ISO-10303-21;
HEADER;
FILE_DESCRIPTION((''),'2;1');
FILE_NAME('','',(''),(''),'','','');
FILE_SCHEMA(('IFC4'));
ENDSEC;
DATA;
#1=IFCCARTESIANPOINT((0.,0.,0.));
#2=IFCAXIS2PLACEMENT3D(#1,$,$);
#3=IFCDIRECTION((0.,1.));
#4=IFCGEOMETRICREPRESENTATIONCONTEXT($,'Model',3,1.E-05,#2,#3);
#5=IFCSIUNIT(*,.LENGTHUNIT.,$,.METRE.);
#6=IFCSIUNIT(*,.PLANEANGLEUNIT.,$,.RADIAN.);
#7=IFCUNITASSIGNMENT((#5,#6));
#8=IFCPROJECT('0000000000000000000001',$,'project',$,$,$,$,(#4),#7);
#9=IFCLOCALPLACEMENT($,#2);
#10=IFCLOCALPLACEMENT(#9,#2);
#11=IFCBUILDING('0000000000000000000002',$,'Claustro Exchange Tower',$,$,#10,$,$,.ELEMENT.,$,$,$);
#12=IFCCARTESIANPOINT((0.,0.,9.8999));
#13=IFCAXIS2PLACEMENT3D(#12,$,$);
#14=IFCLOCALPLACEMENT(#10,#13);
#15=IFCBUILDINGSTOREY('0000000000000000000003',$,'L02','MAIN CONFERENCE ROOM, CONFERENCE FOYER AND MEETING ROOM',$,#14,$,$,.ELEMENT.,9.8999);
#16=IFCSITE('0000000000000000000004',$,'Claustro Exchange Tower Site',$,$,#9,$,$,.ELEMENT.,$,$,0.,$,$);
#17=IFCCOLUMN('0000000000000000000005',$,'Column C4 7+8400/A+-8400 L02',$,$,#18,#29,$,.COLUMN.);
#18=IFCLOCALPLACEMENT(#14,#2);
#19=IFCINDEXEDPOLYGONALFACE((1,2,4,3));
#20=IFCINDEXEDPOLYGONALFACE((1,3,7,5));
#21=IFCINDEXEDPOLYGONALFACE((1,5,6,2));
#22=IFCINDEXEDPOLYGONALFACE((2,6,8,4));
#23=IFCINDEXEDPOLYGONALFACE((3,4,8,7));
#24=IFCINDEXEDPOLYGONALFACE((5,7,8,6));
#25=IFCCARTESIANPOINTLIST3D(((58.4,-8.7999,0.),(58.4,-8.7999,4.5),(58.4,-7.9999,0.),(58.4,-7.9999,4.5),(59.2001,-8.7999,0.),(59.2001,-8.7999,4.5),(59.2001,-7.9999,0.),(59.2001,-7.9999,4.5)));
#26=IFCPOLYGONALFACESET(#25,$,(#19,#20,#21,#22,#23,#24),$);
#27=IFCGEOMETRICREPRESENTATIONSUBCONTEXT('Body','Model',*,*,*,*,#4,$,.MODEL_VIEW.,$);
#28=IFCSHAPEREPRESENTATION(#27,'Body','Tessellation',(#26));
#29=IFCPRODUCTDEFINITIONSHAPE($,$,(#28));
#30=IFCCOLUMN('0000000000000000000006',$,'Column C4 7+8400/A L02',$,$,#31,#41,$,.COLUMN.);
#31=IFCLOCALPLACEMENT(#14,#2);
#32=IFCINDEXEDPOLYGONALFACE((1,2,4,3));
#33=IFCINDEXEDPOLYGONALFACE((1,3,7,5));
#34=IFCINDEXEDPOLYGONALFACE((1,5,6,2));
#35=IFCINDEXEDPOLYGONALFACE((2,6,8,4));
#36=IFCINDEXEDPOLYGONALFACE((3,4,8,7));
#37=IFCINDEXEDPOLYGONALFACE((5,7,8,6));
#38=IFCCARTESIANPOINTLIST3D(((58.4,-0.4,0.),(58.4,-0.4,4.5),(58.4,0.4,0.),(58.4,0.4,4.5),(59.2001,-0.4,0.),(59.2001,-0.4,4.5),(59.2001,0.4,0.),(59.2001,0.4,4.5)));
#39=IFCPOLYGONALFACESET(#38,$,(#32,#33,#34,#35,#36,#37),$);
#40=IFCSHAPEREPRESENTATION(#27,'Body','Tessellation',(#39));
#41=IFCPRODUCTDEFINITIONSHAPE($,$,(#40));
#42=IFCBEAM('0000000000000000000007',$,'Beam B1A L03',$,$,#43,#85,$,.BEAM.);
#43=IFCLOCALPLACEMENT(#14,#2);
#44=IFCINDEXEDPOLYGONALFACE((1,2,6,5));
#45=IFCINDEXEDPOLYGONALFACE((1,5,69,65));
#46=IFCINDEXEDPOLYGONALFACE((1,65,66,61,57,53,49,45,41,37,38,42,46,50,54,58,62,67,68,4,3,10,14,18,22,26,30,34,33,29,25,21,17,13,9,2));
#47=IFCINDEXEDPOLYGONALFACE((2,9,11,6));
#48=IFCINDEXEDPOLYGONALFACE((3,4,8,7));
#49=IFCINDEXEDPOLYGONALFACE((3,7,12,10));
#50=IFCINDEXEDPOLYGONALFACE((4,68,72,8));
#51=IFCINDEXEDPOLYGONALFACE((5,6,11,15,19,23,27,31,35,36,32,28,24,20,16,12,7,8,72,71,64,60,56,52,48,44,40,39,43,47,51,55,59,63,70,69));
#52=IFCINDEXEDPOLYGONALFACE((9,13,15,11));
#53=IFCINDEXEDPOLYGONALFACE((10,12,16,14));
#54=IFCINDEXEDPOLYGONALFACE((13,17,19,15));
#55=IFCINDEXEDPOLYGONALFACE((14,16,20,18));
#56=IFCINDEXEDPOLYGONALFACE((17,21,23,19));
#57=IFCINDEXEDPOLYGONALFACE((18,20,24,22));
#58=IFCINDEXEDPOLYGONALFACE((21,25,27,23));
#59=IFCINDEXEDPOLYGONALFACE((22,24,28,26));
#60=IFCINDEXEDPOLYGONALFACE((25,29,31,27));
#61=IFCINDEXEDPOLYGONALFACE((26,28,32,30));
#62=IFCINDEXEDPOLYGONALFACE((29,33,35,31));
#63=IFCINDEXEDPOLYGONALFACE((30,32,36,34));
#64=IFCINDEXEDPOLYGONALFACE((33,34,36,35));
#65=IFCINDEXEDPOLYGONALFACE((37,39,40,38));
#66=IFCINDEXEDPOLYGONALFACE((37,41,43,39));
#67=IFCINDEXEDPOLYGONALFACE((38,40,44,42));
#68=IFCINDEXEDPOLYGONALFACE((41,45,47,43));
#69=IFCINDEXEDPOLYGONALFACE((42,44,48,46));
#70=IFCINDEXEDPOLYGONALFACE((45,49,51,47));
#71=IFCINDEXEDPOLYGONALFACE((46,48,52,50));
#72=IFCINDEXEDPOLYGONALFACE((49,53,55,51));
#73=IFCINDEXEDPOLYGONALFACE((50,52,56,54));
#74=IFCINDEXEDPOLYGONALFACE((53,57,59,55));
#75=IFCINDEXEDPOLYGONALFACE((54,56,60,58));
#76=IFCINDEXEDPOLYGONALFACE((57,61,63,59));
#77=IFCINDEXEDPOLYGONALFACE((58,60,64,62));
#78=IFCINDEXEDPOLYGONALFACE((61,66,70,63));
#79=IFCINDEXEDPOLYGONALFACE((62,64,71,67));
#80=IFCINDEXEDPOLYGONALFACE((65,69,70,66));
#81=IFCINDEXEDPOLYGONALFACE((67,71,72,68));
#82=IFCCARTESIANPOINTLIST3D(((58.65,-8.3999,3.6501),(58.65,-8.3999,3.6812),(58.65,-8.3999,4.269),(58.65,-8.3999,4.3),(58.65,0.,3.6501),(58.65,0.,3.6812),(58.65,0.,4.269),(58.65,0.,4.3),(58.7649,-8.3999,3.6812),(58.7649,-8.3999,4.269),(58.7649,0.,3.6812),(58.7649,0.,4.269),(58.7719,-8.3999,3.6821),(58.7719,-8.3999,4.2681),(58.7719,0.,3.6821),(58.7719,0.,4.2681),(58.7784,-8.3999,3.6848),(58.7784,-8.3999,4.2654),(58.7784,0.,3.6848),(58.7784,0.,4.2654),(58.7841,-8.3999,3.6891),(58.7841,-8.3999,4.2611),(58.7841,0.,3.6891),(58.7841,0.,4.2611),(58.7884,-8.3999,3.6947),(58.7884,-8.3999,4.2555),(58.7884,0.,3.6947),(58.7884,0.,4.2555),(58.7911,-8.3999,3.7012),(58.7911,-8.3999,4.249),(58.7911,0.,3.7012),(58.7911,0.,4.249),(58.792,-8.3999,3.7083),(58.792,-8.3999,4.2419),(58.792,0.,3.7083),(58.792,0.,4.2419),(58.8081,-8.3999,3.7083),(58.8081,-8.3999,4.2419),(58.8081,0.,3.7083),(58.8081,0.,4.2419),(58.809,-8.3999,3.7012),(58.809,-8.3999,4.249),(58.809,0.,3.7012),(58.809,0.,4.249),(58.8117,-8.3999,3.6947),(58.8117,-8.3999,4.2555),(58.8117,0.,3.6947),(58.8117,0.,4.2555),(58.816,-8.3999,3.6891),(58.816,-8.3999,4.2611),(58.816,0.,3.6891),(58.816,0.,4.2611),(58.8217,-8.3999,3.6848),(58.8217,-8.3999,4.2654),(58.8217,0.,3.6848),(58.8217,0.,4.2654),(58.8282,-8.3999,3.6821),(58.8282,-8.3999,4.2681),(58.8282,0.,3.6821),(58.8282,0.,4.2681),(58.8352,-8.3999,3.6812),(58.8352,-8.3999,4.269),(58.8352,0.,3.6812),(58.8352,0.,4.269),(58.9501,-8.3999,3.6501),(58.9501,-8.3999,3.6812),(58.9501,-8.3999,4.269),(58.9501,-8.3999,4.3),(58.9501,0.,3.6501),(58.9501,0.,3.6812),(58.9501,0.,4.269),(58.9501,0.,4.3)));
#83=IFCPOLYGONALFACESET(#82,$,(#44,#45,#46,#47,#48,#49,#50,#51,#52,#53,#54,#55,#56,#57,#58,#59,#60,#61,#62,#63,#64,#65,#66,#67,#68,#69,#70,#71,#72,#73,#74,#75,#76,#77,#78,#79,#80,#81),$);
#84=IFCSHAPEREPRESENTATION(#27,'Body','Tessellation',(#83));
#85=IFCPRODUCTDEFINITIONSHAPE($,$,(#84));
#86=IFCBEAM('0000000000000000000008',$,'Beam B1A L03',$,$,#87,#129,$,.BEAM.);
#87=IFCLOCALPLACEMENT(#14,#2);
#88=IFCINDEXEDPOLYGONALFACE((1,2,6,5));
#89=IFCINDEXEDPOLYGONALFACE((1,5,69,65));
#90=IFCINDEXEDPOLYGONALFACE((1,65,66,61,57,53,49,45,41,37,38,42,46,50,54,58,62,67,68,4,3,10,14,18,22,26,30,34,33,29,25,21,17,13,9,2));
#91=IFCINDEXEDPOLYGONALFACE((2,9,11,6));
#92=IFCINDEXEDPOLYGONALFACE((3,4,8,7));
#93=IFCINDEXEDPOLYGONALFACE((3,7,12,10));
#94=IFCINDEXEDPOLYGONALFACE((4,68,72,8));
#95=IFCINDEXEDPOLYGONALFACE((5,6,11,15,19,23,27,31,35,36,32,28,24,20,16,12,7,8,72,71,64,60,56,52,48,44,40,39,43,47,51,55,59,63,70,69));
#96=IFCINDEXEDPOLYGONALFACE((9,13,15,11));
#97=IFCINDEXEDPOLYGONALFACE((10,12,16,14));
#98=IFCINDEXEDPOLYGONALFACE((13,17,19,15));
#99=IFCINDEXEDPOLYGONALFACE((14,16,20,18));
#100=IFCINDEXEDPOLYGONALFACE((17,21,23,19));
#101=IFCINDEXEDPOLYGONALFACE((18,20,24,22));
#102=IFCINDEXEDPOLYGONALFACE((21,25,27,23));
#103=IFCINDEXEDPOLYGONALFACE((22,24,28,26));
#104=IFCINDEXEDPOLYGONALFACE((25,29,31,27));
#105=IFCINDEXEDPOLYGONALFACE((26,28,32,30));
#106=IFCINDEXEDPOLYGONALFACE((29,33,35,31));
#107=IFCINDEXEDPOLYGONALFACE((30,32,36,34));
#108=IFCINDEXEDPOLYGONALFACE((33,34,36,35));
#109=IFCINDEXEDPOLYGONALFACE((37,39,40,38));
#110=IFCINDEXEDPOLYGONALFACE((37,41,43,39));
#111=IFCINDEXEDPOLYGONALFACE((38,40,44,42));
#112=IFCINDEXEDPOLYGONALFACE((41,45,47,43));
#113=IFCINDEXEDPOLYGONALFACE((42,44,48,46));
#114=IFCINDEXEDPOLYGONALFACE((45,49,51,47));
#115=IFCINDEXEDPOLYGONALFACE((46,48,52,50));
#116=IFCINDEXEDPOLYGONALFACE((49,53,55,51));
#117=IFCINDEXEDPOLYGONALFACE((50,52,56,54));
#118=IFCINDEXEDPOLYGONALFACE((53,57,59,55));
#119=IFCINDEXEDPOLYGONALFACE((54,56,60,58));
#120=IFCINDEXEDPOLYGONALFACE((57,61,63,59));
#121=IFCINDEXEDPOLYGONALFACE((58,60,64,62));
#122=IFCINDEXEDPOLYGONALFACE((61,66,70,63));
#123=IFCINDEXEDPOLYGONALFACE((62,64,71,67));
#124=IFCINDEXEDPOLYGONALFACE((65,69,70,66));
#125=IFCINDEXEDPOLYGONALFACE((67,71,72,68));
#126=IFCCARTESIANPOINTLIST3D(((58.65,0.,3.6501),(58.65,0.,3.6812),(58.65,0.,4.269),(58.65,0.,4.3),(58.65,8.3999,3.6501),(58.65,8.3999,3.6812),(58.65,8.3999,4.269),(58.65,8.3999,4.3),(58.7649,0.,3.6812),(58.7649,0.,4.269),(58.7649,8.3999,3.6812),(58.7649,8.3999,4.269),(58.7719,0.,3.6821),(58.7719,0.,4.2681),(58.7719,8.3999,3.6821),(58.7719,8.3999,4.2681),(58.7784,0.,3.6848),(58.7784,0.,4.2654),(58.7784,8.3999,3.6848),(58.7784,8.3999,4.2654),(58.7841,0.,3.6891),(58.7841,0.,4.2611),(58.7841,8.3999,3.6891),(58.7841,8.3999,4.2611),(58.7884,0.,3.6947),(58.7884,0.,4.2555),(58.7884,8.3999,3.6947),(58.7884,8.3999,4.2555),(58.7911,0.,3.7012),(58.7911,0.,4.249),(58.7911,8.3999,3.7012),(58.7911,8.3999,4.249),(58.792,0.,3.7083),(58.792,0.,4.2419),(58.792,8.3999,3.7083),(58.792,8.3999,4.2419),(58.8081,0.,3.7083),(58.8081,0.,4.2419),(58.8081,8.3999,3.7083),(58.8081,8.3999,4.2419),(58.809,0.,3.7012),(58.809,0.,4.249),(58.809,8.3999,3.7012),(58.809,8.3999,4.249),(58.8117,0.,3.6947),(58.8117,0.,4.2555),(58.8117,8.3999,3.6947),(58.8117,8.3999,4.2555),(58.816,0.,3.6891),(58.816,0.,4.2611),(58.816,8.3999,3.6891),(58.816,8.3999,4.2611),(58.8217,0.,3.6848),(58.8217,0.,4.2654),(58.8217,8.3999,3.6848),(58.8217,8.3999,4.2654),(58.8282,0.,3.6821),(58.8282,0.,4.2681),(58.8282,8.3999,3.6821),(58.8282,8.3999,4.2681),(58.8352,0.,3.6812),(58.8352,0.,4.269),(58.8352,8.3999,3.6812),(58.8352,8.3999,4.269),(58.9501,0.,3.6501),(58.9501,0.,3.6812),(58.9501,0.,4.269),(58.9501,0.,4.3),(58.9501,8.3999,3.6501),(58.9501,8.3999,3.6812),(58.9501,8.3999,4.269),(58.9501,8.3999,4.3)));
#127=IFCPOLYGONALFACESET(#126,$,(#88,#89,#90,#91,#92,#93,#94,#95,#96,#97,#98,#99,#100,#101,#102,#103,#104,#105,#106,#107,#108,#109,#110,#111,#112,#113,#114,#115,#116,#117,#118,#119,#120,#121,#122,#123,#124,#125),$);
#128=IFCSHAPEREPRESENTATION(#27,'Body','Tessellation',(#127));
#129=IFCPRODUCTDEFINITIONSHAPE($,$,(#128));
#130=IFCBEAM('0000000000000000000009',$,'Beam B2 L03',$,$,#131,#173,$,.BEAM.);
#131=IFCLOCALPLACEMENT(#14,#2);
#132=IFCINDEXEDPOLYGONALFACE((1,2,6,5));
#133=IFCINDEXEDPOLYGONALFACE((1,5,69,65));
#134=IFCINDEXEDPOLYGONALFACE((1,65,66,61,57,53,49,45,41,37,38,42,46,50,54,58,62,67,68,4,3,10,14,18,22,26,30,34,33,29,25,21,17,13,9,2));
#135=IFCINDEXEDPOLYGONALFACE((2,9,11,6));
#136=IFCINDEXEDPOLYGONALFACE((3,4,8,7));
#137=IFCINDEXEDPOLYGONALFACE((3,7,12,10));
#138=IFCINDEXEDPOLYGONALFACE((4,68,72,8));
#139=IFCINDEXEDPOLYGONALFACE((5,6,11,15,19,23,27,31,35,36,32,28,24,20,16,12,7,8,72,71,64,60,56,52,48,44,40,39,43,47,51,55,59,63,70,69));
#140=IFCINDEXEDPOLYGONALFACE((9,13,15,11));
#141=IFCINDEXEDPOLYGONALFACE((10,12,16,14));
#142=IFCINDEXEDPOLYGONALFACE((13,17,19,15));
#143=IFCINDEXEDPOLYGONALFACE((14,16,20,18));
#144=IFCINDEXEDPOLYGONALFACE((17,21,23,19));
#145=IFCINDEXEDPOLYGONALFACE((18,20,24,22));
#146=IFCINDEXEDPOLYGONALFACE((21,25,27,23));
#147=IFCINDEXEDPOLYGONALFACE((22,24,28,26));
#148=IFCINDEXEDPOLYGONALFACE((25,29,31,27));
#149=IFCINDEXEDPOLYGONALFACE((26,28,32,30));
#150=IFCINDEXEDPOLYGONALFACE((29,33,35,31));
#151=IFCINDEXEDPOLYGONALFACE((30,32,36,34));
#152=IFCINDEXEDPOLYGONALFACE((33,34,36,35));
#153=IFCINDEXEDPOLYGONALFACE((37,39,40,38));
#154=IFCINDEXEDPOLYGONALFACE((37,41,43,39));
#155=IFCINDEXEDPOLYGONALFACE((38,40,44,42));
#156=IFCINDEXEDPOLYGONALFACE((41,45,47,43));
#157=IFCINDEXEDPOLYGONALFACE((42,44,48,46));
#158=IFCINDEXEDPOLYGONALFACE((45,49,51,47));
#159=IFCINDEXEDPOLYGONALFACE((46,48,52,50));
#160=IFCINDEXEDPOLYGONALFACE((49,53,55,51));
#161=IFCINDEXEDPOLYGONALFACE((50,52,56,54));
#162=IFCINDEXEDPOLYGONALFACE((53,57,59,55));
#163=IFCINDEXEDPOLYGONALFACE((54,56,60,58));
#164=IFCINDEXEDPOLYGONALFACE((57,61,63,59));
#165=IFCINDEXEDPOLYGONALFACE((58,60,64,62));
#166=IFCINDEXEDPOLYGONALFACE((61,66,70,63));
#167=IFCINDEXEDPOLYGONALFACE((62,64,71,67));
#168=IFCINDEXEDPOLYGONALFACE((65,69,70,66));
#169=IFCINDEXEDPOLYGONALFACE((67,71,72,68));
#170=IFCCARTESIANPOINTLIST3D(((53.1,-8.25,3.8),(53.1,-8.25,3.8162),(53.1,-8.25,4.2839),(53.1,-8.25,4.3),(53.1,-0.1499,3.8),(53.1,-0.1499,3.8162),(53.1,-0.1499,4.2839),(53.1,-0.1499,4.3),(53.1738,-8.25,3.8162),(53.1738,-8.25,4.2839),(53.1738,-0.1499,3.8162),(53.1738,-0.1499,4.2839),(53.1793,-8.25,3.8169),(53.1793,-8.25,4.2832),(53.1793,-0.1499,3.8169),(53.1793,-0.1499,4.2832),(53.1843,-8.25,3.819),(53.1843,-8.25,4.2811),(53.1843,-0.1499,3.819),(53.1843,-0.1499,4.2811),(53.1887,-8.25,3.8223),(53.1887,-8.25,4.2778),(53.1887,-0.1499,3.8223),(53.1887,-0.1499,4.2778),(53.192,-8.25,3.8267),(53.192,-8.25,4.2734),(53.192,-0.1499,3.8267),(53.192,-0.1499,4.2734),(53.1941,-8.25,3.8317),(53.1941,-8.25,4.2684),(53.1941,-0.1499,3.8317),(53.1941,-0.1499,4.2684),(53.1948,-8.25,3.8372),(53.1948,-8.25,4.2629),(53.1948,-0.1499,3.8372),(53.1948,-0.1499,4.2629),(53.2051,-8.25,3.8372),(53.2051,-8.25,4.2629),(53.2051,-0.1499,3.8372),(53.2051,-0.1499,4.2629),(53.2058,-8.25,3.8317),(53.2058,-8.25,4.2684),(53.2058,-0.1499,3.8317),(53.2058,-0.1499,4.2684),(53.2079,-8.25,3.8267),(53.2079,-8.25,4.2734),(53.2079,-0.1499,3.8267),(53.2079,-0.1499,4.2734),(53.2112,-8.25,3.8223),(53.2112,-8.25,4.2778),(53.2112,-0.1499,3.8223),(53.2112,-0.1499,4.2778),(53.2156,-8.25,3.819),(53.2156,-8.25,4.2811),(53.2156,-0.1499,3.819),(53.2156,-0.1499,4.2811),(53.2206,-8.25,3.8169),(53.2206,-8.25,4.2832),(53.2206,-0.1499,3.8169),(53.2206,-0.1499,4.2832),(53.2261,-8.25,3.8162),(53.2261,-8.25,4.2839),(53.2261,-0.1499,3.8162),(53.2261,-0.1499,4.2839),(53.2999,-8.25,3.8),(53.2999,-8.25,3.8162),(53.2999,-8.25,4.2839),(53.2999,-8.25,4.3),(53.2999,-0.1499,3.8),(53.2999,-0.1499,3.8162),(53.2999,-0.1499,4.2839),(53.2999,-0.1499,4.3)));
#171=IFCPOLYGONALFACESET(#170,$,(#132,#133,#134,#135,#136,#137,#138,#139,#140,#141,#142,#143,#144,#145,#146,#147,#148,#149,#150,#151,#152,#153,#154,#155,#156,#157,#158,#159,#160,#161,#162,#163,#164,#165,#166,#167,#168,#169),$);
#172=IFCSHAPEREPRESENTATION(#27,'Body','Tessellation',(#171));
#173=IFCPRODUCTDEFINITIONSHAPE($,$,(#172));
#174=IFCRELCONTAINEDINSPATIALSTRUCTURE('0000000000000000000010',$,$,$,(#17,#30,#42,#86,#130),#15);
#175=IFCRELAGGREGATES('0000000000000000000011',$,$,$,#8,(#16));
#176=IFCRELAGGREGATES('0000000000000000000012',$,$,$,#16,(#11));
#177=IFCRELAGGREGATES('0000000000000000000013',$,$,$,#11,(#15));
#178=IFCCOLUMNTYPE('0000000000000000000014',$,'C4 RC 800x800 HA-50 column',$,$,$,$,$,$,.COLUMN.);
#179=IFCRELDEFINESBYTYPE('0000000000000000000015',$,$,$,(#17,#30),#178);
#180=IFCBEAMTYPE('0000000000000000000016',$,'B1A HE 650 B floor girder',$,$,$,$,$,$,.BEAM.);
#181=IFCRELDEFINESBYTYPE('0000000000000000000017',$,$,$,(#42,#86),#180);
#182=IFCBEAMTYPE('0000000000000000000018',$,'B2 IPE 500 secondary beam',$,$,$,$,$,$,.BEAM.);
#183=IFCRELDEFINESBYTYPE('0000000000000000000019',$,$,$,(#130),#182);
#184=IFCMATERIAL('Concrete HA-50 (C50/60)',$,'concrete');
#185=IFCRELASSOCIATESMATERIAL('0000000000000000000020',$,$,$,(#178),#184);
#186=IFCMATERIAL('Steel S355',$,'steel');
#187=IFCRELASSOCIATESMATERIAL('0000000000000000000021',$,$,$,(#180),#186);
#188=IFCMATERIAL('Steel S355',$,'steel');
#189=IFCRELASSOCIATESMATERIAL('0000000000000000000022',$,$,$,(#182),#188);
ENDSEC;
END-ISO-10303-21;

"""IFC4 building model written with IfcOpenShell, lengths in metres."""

from ifc_helpers import new_model, si_unit, direction, frame, origin, origin_2d, place, context, subcontext, project, spatial, rectangle, i_section, extrude, material, material_profile, profile_set, type_object, element, save


model = new_model("IFC4")

# Units and contexts
model_context = context("Model", 3, precision=1e-05, world=origin(), true_north=direction((0.0, 1.0)))
body_context = subcontext(model_context, "Body", "Model", "MODEL_VIEW")
ifc_project = project(units=[si_unit("LENGTHUNIT", "METRE"), si_unit("PLANEANGLEUNIT", "RADIAN")], contexts=[model_context])

# Site, building, storey
site_placement = place(None, origin())
site = spatial("IfcSite", under=ifc_project, at=site_placement, Name="Claustro Exchange Tower Site", CompositionType="ELEMENT", RefElevation=0.0)
building_placement = place(site_placement, origin())
building = spatial("IfcBuilding", under=site, at=building_placement, Name="Claustro Exchange Tower", CompositionType="ELEMENT")
storey_placement = place(building_placement, frame((0.0, 0.0, 9.8999)))
storey = spatial("IfcBuildingStorey", under=building, at=storey_placement, Name="L02", Description="MAIN CONFERENCE ROOM, CONFERENCE FOYER AND MEETING ROOM", CompositionType="ELEMENT", Elevation=9.8999)

# Columns
ifc_material_1 = material(Name="Concrete HA-50 (C50/60)", Category="concrete")
ifc_material_profile_1 = material_profile(ifc_material_1, rectangle(XDim=0.8, YDim=0.8, at=origin_2d()), Name="RC 800x800")
ifc_profile_set_1 = profile_set([ifc_material_profile_1], Name="Concrete HA-50 (C50/60)")
column_type = type_object("IfcColumnType", Name="C4 RC 800x800 HA-50 column", PredefinedType="COLUMN", material=ifc_profile_set_1)
for number, where, z_axis, x_axis, name in (
    (1, (58.8, -8.3999, 0.0), (0.0, 0.0, 1.0), (1.0, 0.0, 0.0), "Column C4 7+8400/A+-8400 L02"),
    (2, (58.8, 0.0, 0.0), (0.0, 0.0, 1.0), (1.0, 0.0, 0.0), "Column C4 7+8400/A L02"),
):
    element("IfcColumn", number, at=place(storey_placement, frame(where, z_axis=z_axis, x_axis=x_axis)), inside=storey, type_object=column_type, Name=name, PredefinedType="COLUMN", context=body_context, shape_type="SweptSolid", body=[
        extrude(rectangle(XDim=0.8, YDim=0.8, at=origin_2d()), origin(), (0.0, 0.0, 1.0), 4.5),
    ])

# Beams
ifc_material_2 = material(Name="Steel S355", Category="steel")
ifc_material_profile_2 = material_profile(ifc_material_2, i_section(OverallWidth=0.3, OverallDepth=0.6499, WebThickness=0.0161, FlangeThickness=0.031, FilletRadius=0.0271, at=origin_2d()), Name="HE 650 B")
ifc_profile_set_2 = profile_set([ifc_material_profile_2], Name="Steel S355")
beam_type_1 = type_object("IfcBeamType", Name="B1A HE 650 B floor girder", PredefinedType="BEAM", material=ifc_profile_set_2)
for number, where, z_axis, x_axis, name in (
    (3, (58.8, -8.3999, 3.9751), (0.0, 1.0, 0.0), (-1.0, 0.0, 0.0), "Beam B1A L03"),
    (4, (58.8, 0.0, 3.9751), (0.0, 1.0, 0.0), (-1.0, 0.0, 0.0), "Beam B1A L03"),
):
    element("IfcBeam", number, at=place(storey_placement, frame(where, z_axis=z_axis, x_axis=x_axis)), inside=storey, type_object=beam_type_1, Name=name, PredefinedType="BEAM", context=body_context, shape_type="SweptSolid", body=[
        extrude(i_section(OverallWidth=0.3, OverallDepth=0.6499, WebThickness=0.0161, FlangeThickness=0.031, FilletRadius=0.0271, at=origin_2d()), origin(), (0.0, 0.0, 1.0), 8.3999),
    ])
ifc_material_3 = material(Name="Steel S355", Category="steel")
ifc_material_profile_3 = material_profile(ifc_material_3, i_section(OverallWidth=0.2, OverallDepth=0.5, WebThickness=0.0103, FlangeThickness=0.0161, FilletRadius=0.021, at=origin_2d()), Name="IPE 500")
ifc_profile_set_3 = profile_set([ifc_material_profile_3], Name="Steel S355")
beam_type_2 = type_object("IfcBeamType", Name="B2 IPE 500 secondary beam", PredefinedType="BEAM", material=ifc_profile_set_3)
for number, where, z_axis, x_axis, name in (
    (5, (53.2, -8.25, 4.05), (0.0, 1.0, 0.0), (-1.0, 0.0, 0.0), "Beam B2 L03"),
):
    element("IfcBeam", number, at=place(storey_placement, frame(where, z_axis=z_axis, x_axis=x_axis)), inside=storey, type_object=beam_type_2, Name=name, PredefinedType="BEAM", context=body_context, shape_type="SweptSolid", body=[
        extrude(i_section(OverallWidth=0.2, OverallDepth=0.5, WebThickness=0.0103, FlangeThickness=0.0161, FilletRadius=0.021, at=origin_2d()), origin(), (0.0, 0.0, 1.0), 8.1001),
    ])

save(model, "model.ifc")
